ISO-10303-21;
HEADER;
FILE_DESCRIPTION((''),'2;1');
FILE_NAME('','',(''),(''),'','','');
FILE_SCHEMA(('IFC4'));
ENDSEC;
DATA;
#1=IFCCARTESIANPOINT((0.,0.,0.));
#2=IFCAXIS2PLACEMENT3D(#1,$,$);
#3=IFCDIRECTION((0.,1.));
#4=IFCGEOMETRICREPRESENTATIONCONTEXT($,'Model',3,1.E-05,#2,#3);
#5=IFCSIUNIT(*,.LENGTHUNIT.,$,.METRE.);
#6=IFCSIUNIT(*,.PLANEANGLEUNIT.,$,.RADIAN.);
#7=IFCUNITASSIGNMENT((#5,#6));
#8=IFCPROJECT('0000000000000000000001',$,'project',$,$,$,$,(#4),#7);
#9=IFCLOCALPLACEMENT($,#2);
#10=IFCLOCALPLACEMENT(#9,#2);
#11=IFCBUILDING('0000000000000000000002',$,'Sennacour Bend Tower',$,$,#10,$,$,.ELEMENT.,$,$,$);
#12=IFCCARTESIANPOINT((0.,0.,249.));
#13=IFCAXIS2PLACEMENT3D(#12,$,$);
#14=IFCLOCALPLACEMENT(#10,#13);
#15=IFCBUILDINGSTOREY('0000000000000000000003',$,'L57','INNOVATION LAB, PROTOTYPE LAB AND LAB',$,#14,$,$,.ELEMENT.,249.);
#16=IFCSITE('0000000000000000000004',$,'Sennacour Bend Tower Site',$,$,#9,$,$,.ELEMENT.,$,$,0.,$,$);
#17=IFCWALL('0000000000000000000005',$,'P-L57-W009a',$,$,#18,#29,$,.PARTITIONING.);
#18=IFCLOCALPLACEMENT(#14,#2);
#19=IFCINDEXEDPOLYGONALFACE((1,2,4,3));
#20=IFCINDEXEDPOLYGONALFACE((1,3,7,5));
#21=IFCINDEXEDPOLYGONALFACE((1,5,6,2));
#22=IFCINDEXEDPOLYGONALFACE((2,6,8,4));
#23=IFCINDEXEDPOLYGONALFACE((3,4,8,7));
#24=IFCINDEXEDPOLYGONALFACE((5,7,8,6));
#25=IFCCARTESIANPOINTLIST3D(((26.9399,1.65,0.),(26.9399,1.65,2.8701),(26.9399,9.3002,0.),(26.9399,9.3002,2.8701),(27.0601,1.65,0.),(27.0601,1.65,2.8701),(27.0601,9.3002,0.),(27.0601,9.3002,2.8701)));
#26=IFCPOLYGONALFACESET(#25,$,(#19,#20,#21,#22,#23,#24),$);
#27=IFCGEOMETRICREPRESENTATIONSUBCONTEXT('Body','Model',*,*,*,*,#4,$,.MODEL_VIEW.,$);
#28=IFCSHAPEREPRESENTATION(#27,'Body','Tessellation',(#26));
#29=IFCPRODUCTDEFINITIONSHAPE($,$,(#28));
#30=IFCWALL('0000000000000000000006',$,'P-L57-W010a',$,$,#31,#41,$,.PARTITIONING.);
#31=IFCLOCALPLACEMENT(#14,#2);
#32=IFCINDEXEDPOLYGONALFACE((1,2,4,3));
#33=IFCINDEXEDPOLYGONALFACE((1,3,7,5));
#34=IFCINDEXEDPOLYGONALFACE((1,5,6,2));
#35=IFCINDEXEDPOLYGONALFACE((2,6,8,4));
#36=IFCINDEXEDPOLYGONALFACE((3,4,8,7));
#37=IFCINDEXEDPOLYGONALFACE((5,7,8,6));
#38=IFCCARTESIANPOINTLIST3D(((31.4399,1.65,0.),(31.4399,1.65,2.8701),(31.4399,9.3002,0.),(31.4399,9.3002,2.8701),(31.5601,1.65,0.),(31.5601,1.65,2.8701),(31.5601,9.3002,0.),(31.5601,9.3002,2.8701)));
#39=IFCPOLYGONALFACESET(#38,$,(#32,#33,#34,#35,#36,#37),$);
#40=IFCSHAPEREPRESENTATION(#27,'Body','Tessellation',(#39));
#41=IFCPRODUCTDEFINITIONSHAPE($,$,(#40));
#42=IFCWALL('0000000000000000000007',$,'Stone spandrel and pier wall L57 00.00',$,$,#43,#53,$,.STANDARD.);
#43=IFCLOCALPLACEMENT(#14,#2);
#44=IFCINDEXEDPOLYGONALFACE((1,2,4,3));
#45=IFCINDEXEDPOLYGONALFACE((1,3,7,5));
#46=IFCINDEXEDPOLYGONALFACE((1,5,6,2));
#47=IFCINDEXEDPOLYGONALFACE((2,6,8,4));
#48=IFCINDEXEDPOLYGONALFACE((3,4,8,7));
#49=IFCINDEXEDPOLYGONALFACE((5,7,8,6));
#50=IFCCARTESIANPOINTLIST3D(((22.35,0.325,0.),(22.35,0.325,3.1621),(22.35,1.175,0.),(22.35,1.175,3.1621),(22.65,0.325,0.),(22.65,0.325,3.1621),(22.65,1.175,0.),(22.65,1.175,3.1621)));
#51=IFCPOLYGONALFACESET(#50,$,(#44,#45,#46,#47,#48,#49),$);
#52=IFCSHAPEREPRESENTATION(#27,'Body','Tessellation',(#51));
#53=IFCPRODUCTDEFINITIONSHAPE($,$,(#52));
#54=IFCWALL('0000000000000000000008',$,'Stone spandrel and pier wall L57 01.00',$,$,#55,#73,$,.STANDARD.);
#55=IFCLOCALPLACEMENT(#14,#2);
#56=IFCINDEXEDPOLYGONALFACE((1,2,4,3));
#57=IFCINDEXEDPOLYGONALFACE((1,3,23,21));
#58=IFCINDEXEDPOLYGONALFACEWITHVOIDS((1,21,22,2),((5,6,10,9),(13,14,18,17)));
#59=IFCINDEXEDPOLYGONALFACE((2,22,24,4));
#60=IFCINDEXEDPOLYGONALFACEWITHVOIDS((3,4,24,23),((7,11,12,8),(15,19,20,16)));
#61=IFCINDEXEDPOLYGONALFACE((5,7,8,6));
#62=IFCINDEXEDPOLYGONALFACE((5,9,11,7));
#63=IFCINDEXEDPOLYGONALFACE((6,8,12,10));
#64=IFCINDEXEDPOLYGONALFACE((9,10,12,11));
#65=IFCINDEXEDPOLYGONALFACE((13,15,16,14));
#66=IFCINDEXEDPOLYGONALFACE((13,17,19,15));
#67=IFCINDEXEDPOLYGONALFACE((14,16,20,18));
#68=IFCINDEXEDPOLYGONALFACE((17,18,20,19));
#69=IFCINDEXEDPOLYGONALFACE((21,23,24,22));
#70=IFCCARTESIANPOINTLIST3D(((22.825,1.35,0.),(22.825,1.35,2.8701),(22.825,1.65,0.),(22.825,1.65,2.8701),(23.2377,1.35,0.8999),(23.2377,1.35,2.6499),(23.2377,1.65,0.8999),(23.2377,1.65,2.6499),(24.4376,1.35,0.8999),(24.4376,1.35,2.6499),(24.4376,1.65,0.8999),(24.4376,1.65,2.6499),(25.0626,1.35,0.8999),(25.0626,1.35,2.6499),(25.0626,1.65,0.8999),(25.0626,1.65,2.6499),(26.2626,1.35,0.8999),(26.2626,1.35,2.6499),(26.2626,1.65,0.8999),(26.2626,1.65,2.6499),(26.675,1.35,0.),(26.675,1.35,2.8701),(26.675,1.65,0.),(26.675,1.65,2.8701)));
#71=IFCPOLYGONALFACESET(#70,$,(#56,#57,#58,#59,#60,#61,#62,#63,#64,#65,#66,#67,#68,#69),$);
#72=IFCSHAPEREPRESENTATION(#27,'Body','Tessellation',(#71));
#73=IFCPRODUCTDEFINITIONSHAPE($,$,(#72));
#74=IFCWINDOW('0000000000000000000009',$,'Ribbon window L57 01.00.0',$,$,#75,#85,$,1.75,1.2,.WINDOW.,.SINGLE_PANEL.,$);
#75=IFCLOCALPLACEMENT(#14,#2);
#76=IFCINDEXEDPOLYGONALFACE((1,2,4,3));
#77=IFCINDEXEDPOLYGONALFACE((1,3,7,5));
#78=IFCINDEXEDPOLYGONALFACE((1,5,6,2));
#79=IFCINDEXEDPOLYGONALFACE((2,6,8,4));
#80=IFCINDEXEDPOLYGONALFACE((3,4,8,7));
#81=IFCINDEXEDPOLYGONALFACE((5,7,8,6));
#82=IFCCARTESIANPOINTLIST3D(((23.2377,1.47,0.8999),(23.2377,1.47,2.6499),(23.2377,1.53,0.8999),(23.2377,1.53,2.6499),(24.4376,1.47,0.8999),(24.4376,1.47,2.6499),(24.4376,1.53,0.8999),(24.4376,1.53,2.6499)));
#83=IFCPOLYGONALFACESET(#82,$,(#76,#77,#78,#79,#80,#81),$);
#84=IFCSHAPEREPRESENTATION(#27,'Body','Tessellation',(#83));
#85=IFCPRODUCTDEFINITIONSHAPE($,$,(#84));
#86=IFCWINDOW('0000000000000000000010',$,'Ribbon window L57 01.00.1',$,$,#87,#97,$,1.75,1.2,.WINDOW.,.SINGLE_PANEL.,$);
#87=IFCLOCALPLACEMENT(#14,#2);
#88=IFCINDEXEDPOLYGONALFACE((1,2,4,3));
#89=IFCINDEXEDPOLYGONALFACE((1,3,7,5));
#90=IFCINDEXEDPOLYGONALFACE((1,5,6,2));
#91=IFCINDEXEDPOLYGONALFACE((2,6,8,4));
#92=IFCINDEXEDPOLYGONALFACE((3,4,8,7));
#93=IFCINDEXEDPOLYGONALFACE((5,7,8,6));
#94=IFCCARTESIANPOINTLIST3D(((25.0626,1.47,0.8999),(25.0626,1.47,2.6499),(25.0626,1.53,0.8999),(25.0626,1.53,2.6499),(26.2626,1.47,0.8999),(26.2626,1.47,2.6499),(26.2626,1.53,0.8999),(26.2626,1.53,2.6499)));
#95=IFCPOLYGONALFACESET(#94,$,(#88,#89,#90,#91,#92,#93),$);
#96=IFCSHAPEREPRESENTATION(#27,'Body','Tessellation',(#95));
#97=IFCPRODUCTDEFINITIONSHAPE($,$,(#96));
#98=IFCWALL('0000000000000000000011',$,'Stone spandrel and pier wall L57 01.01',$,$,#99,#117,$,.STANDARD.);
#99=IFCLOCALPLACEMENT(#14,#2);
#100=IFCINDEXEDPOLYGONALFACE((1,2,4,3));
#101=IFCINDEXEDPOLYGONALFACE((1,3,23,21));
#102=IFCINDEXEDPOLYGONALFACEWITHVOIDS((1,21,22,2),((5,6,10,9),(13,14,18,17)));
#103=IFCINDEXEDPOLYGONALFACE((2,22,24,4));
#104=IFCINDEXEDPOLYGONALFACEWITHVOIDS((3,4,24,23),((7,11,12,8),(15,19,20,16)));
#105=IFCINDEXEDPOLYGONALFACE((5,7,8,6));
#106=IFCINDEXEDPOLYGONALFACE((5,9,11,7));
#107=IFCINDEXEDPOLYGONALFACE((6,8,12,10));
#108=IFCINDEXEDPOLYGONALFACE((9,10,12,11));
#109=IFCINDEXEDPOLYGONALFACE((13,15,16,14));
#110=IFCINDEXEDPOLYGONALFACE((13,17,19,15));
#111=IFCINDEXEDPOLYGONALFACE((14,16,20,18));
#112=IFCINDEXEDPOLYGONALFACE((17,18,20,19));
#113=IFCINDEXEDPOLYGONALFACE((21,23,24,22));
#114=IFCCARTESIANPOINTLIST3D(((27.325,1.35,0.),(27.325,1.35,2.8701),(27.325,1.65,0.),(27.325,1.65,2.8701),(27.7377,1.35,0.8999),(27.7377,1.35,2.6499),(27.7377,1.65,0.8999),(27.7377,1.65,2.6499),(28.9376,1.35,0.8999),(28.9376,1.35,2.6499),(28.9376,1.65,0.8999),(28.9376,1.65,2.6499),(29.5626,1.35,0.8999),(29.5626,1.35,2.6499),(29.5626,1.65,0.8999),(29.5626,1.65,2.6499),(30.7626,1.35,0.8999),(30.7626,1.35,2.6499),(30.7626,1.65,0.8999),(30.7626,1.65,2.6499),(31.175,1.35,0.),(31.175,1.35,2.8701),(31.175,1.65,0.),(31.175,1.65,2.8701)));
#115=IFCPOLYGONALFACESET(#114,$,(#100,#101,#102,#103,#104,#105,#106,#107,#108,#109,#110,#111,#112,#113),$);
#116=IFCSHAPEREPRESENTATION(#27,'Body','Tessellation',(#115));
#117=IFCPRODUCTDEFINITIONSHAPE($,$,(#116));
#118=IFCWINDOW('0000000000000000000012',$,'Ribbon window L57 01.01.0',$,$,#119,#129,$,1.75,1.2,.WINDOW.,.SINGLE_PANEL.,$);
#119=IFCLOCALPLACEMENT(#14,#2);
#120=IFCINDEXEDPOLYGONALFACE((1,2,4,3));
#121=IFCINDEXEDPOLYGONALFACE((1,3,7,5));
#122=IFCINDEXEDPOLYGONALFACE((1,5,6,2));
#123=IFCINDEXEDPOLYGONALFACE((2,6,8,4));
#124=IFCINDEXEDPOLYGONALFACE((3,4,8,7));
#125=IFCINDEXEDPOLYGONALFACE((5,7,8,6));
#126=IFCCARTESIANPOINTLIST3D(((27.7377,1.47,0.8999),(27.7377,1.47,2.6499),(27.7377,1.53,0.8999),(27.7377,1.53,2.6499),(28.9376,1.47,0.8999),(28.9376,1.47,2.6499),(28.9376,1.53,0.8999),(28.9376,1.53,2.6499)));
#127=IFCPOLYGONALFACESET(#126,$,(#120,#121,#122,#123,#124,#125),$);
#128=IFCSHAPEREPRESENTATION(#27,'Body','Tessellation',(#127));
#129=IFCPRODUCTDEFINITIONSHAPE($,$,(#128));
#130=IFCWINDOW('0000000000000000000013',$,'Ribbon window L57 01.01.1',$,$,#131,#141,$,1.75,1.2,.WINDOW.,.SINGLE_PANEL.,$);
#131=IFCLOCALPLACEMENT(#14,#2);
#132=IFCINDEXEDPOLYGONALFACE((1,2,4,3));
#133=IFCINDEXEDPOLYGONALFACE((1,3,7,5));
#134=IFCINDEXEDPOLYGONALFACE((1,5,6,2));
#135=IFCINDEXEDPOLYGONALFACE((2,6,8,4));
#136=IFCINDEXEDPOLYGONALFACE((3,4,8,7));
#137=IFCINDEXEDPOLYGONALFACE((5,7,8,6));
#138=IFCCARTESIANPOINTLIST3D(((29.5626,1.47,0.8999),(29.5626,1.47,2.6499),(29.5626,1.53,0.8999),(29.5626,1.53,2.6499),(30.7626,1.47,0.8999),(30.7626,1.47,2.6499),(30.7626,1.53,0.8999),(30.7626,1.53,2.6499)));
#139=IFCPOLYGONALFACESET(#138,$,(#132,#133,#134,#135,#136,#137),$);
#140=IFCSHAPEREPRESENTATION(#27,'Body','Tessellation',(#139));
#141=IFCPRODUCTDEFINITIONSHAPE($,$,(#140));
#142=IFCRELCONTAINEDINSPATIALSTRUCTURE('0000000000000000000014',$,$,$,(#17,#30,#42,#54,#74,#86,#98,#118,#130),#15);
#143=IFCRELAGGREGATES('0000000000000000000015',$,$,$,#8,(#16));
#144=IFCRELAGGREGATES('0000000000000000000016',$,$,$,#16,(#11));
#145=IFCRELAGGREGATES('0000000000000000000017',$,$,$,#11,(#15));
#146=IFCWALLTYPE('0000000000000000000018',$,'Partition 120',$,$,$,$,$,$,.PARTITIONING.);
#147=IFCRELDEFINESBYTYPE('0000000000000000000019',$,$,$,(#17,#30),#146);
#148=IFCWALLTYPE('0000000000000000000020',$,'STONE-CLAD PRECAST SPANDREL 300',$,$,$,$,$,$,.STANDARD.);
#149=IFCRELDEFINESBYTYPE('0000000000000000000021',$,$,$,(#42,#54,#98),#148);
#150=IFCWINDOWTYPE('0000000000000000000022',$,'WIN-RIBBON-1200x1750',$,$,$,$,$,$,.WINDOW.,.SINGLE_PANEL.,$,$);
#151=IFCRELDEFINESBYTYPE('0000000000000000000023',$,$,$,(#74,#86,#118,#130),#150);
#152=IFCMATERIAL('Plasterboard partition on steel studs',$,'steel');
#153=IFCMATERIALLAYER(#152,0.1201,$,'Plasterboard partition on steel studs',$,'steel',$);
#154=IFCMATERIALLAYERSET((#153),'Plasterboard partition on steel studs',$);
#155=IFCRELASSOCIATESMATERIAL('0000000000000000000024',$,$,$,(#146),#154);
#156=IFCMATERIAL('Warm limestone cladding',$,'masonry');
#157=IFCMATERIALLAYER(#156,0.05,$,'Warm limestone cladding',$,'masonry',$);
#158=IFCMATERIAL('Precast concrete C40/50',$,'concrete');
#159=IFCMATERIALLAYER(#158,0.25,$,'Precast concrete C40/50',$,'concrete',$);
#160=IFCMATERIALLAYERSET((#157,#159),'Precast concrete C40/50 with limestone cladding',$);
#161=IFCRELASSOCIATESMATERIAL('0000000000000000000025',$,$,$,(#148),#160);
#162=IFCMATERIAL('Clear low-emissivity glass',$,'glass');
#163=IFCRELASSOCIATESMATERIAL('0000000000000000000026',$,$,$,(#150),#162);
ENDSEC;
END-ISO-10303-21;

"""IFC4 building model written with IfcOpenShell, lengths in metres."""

from ifc_helpers import new_model, si_unit, direction, frame, frame_2d, origin, place, context, subcontext, project, spatial, rectangle, extrude, material, layer, layer_set, type_object, element, fill, save


model = new_model("IFC4")

# Units and contexts
model_context = context("Model", 3, precision=1e-05, world=origin(), true_north=direction((0.0, 1.0)))
body_context = subcontext(model_context, "Body", "Model", "MODEL_VIEW")
ifc_project = project(units=[si_unit("LENGTHUNIT", "METRE"), si_unit("PLANEANGLEUNIT", "RADIAN")], contexts=[model_context])

# Site, building, storey
site_placement = place(None, origin())
site = spatial("IfcSite", under=ifc_project, at=site_placement, Name="Sennacour Bend Tower Site", CompositionType="ELEMENT", RefElevation=0.0)
building_placement = place(site_placement, origin())
building = spatial("IfcBuilding", under=site, at=building_placement, Name="Sennacour Bend Tower", CompositionType="ELEMENT")
storey_placement = place(building_placement, frame((0.0, 0.0, 249.0)))
storey = spatial("IfcBuildingStorey", under=building, at=storey_placement, Name="L57", Description="INNOVATION LAB, PROTOTYPE LAB AND LAB", CompositionType="ELEMENT", Elevation=249.0)

# Walls
ifc_material_1 = material(Name="Plasterboard partition on steel studs", Category="steel")
ifc_layer_1 = layer(ifc_material_1, 0.1201, Name="Plasterboard partition on steel studs", Category="steel")
ifc_layer_set_1 = layer_set([ifc_layer_1], Name="Plasterboard partition on steel studs")
wall_type_1 = type_object("IfcWallType", Name="Partition 120", PredefinedType="PARTITIONING", material=ifc_layer_set_1)
for number, where, z_axis, x_axis, name in (
    (1, (27.0, 1.6499, 0.0), (0.0, 0.0, 1.0), (0.0, 1.0, 0.0), "P-L57-W009a"),
    (2, (31.5, 1.6499, 0.0), (0.0, 0.0, 1.0), (0.0, 1.0, 0.0), "P-L57-W010a"),
):
    element("IfcWall", number, at=place(storey_placement, frame(where, z_axis=z_axis, x_axis=x_axis)), inside=storey, type_object=wall_type_1, Name=name, PredefinedType="PARTITIONING", context=body_context, shape_type="SweptSolid", body=[
        extrude(rectangle(XDim=7.6501, YDim=0.1201, at=frame_2d((3.8252, 0.0))), origin(), (0.0, 0.0, 1.0), 2.8701),
    ])
ifc_material_2 = material(Name="Warm limestone cladding", Category="masonry")
ifc_layer_2 = layer(ifc_material_2, 0.05, Name="Warm limestone cladding", Category="masonry")
ifc_material_3 = material(Name="Precast concrete C40/50", Category="concrete")
ifc_layer_3 = layer(ifc_material_3, 0.25, Name="Precast concrete C40/50", Category="concrete")
ifc_layer_set_2 = layer_set([ifc_layer_2, ifc_layer_3], Name="Precast concrete C40/50 with limestone cladding")
wall_type_2 = type_object("IfcWallType", Name="STONE-CLAD PRECAST SPANDREL 300", PredefinedType="STANDARD", material=ifc_layer_set_2)
wall_1_placement = place(storey_placement, frame((22.5, 0.325, 0.0), z_axis=(0.0, 0.0, 1.0), x_axis=(0.0, 1.0, 0.0)))
element("IfcWall", 3, at=wall_1_placement, inside=storey, type_object=wall_type_2, Name="Stone spandrel and pier wall L57 00.00", PredefinedType="STANDARD", context=body_context, shape_type="SweptSolid", body=[
    extrude(rectangle(XDim=0.8501, YDim=0.3, at=frame_2d((0.425, 0.0))), origin(), (0.0, 0.0, 1.0), 3.1621),
])

# Walls, openings, windows
wall_2_placement = place(storey_placement, frame((22.825, 1.5, 0.0), z_axis=(0.0, 0.0, 1.0), x_axis=(1.0, 0.0, 0.0)))
wall_2 = element("IfcWall", 4, at=wall_2_placement, inside=storey, type_object=wall_type_2, Name="Stone spandrel and pier wall L57 01.00", PredefinedType="STANDARD", context=body_context, shape_type="SweptSolid", body=[
    extrude(rectangle(XDim=3.8501, YDim=0.3, at=frame_2d((1.925, 0.0))), origin(), (0.0, 0.0, 1.0), 2.8701),
])
opening_1_placement = place(wall_2_placement, frame((0.4126, 0.0, 0.8999)))
opening_1 = element("IfcOpeningElement", 5, at=opening_1_placement, cuts=wall_2, PredefinedType="OPENING", context=body_context, shape_type="SweptSolid", body=[
    extrude(rectangle(XDim=1.2, YDim=1.75, at=frame_2d((0.6001, 0.875))), frame((0.0, 0.1602, 0.0), z_axis=(0.0, -1.0, 0.0), x_axis=(1.0, 0.0, 0.0)), (0.0, 0.0, 1.0), 0.3201),
])
opening_2_placement = place(wall_2_placement, frame((2.2375, 0.0, 0.8999)))
opening_2 = element("IfcOpeningElement", 6, at=opening_2_placement, cuts=wall_2, PredefinedType="OPENING", context=body_context, shape_type="SweptSolid", body=[
    extrude(rectangle(XDim=1.2, YDim=1.75, at=frame_2d((0.6001, 0.875))), frame((0.0, 0.1602, 0.0), z_axis=(0.0, -1.0, 0.0), x_axis=(1.0, 0.0, 0.0)), (0.0, 0.0, 1.0), 0.3201),
])
ifc_material_4 = material(Name="Clear low-emissivity glass", Category="glass")
window_type = type_object("IfcWindowType", Name="WIN-RIBBON-1200x1750", PartitioningType="SINGLE_PANEL", PredefinedType="WINDOW", material=ifc_material_4)
window_1_placement = place(opening_1_placement, origin())
window_1 = element("IfcWindow", 7, at=window_1_placement, inside=storey, type_object=window_type, Name="Ribbon window L57 01.00.0", OverallHeight=1.75, OverallWidth=1.2, PartitioningType="SINGLE_PANEL", PredefinedType="WINDOW", context=body_context, shape_type="SweptSolid", body=[
    extrude(rectangle(XDim=1.2, YDim=1.75, at=frame_2d((0.6001, 0.875))), frame((0.0, 0.03, 0.0), z_axis=(0.0, -1.0, 0.0), x_axis=(1.0, 0.0, 0.0)), (0.0, 0.0, 1.0), 0.0601),
])
fill(opening_1, window_1)
window_2_placement = place(opening_2_placement, origin())
window_2 = element("IfcWindow", 8, at=window_2_placement, inside=storey, type_object=window_type, Name="Ribbon window L57 01.00.1", OverallHeight=1.75, OverallWidth=1.2, PartitioningType="SINGLE_PANEL", PredefinedType="WINDOW", context=body_context, shape_type="SweptSolid", body=[
    extrude(rectangle(XDim=1.2, YDim=1.75, at=frame_2d((0.6001, 0.875))), frame((0.0, 0.03, 0.0), z_axis=(0.0, -1.0, 0.0), x_axis=(1.0, 0.0, 0.0)), (0.0, 0.0, 1.0), 0.0601),
])
fill(opening_2, window_2)
wall_3_placement = place(storey_placement, frame((27.325, 1.5, 0.0), z_axis=(0.0, 0.0, 1.0), x_axis=(1.0, 0.0, 0.0)))
wall_3 = element("IfcWall", 9, at=wall_3_placement, inside=storey, type_object=wall_type_2, Name="Stone spandrel and pier wall L57 01.01", PredefinedType="STANDARD", context=body_context, shape_type="SweptSolid", body=[
    extrude(rectangle(XDim=3.8501, YDim=0.3, at=frame_2d((1.925, 0.0))), origin(), (0.0, 0.0, 1.0), 2.8701),
])
opening_3_placement = place(wall_3_placement, frame((0.4126, 0.0, 0.8999)))
opening_3 = element("IfcOpeningElement", 10, at=opening_3_placement, cuts=wall_3, PredefinedType="OPENING", context=body_context, shape_type="SweptSolid", body=[
    extrude(rectangle(XDim=1.2, YDim=1.75, at=frame_2d((0.6001, 0.875))), frame((0.0, 0.1602, 0.0), z_axis=(0.0, -1.0, 0.0), x_axis=(1.0, 0.0, 0.0)), (0.0, 0.0, 1.0), 0.3201),
])
opening_4_placement = place(wall_3_placement, frame((2.2375, 0.0, 0.8999)))
opening_4 = element("IfcOpeningElement", 11, at=opening_4_placement, cuts=wall_3, PredefinedType="OPENING", context=body_context, shape_type="SweptSolid", body=[
    extrude(rectangle(XDim=1.2, YDim=1.75, at=frame_2d((0.6001, 0.875))), frame((0.0, 0.1602, 0.0), z_axis=(0.0, -1.0, 0.0), x_axis=(1.0, 0.0, 0.0)), (0.0, 0.0, 1.0), 0.3201),
])
window_3_placement = place(opening_3_placement, origin())
window_3 = element("IfcWindow", 12, at=window_3_placement, inside=storey, type_object=window_type, Name="Ribbon window L57 01.01.0", OverallHeight=1.75, OverallWidth=1.2, PartitioningType="SINGLE_PANEL", PredefinedType="WINDOW", context=body_context, shape_type="SweptSolid", body=[
    extrude(rectangle(XDim=1.2, YDim=1.75, at=frame_2d((0.6001, 0.875))), frame((0.0, 0.03, 0.0), z_axis=(0.0, -1.0, 0.0), x_axis=(1.0, 0.0, 0.0)), (0.0, 0.0, 1.0), 0.0601),
])
fill(opening_3, window_3)
window_4_placement = place(opening_4_placement, origin())
window_4 = element("IfcWindow", 13, at=window_4_placement, inside=storey, type_object=window_type, Name="Ribbon window L57 01.01.1", OverallHeight=1.75, OverallWidth=1.2, PartitioningType="SINGLE_PANEL", PredefinedType="WINDOW", context=body_context, shape_type="SweptSolid", body=[
    extrude(rectangle(XDim=1.2, YDim=1.75, at=frame_2d((0.6001, 0.875))), frame((0.0, 0.03, 0.0), z_axis=(0.0, -1.0, 0.0), x_axis=(1.0, 0.0, 0.0)), (0.0, 0.0, 1.0), 0.0601),
])
fill(opening_4, window_4)

save(model, "model.ifc")
